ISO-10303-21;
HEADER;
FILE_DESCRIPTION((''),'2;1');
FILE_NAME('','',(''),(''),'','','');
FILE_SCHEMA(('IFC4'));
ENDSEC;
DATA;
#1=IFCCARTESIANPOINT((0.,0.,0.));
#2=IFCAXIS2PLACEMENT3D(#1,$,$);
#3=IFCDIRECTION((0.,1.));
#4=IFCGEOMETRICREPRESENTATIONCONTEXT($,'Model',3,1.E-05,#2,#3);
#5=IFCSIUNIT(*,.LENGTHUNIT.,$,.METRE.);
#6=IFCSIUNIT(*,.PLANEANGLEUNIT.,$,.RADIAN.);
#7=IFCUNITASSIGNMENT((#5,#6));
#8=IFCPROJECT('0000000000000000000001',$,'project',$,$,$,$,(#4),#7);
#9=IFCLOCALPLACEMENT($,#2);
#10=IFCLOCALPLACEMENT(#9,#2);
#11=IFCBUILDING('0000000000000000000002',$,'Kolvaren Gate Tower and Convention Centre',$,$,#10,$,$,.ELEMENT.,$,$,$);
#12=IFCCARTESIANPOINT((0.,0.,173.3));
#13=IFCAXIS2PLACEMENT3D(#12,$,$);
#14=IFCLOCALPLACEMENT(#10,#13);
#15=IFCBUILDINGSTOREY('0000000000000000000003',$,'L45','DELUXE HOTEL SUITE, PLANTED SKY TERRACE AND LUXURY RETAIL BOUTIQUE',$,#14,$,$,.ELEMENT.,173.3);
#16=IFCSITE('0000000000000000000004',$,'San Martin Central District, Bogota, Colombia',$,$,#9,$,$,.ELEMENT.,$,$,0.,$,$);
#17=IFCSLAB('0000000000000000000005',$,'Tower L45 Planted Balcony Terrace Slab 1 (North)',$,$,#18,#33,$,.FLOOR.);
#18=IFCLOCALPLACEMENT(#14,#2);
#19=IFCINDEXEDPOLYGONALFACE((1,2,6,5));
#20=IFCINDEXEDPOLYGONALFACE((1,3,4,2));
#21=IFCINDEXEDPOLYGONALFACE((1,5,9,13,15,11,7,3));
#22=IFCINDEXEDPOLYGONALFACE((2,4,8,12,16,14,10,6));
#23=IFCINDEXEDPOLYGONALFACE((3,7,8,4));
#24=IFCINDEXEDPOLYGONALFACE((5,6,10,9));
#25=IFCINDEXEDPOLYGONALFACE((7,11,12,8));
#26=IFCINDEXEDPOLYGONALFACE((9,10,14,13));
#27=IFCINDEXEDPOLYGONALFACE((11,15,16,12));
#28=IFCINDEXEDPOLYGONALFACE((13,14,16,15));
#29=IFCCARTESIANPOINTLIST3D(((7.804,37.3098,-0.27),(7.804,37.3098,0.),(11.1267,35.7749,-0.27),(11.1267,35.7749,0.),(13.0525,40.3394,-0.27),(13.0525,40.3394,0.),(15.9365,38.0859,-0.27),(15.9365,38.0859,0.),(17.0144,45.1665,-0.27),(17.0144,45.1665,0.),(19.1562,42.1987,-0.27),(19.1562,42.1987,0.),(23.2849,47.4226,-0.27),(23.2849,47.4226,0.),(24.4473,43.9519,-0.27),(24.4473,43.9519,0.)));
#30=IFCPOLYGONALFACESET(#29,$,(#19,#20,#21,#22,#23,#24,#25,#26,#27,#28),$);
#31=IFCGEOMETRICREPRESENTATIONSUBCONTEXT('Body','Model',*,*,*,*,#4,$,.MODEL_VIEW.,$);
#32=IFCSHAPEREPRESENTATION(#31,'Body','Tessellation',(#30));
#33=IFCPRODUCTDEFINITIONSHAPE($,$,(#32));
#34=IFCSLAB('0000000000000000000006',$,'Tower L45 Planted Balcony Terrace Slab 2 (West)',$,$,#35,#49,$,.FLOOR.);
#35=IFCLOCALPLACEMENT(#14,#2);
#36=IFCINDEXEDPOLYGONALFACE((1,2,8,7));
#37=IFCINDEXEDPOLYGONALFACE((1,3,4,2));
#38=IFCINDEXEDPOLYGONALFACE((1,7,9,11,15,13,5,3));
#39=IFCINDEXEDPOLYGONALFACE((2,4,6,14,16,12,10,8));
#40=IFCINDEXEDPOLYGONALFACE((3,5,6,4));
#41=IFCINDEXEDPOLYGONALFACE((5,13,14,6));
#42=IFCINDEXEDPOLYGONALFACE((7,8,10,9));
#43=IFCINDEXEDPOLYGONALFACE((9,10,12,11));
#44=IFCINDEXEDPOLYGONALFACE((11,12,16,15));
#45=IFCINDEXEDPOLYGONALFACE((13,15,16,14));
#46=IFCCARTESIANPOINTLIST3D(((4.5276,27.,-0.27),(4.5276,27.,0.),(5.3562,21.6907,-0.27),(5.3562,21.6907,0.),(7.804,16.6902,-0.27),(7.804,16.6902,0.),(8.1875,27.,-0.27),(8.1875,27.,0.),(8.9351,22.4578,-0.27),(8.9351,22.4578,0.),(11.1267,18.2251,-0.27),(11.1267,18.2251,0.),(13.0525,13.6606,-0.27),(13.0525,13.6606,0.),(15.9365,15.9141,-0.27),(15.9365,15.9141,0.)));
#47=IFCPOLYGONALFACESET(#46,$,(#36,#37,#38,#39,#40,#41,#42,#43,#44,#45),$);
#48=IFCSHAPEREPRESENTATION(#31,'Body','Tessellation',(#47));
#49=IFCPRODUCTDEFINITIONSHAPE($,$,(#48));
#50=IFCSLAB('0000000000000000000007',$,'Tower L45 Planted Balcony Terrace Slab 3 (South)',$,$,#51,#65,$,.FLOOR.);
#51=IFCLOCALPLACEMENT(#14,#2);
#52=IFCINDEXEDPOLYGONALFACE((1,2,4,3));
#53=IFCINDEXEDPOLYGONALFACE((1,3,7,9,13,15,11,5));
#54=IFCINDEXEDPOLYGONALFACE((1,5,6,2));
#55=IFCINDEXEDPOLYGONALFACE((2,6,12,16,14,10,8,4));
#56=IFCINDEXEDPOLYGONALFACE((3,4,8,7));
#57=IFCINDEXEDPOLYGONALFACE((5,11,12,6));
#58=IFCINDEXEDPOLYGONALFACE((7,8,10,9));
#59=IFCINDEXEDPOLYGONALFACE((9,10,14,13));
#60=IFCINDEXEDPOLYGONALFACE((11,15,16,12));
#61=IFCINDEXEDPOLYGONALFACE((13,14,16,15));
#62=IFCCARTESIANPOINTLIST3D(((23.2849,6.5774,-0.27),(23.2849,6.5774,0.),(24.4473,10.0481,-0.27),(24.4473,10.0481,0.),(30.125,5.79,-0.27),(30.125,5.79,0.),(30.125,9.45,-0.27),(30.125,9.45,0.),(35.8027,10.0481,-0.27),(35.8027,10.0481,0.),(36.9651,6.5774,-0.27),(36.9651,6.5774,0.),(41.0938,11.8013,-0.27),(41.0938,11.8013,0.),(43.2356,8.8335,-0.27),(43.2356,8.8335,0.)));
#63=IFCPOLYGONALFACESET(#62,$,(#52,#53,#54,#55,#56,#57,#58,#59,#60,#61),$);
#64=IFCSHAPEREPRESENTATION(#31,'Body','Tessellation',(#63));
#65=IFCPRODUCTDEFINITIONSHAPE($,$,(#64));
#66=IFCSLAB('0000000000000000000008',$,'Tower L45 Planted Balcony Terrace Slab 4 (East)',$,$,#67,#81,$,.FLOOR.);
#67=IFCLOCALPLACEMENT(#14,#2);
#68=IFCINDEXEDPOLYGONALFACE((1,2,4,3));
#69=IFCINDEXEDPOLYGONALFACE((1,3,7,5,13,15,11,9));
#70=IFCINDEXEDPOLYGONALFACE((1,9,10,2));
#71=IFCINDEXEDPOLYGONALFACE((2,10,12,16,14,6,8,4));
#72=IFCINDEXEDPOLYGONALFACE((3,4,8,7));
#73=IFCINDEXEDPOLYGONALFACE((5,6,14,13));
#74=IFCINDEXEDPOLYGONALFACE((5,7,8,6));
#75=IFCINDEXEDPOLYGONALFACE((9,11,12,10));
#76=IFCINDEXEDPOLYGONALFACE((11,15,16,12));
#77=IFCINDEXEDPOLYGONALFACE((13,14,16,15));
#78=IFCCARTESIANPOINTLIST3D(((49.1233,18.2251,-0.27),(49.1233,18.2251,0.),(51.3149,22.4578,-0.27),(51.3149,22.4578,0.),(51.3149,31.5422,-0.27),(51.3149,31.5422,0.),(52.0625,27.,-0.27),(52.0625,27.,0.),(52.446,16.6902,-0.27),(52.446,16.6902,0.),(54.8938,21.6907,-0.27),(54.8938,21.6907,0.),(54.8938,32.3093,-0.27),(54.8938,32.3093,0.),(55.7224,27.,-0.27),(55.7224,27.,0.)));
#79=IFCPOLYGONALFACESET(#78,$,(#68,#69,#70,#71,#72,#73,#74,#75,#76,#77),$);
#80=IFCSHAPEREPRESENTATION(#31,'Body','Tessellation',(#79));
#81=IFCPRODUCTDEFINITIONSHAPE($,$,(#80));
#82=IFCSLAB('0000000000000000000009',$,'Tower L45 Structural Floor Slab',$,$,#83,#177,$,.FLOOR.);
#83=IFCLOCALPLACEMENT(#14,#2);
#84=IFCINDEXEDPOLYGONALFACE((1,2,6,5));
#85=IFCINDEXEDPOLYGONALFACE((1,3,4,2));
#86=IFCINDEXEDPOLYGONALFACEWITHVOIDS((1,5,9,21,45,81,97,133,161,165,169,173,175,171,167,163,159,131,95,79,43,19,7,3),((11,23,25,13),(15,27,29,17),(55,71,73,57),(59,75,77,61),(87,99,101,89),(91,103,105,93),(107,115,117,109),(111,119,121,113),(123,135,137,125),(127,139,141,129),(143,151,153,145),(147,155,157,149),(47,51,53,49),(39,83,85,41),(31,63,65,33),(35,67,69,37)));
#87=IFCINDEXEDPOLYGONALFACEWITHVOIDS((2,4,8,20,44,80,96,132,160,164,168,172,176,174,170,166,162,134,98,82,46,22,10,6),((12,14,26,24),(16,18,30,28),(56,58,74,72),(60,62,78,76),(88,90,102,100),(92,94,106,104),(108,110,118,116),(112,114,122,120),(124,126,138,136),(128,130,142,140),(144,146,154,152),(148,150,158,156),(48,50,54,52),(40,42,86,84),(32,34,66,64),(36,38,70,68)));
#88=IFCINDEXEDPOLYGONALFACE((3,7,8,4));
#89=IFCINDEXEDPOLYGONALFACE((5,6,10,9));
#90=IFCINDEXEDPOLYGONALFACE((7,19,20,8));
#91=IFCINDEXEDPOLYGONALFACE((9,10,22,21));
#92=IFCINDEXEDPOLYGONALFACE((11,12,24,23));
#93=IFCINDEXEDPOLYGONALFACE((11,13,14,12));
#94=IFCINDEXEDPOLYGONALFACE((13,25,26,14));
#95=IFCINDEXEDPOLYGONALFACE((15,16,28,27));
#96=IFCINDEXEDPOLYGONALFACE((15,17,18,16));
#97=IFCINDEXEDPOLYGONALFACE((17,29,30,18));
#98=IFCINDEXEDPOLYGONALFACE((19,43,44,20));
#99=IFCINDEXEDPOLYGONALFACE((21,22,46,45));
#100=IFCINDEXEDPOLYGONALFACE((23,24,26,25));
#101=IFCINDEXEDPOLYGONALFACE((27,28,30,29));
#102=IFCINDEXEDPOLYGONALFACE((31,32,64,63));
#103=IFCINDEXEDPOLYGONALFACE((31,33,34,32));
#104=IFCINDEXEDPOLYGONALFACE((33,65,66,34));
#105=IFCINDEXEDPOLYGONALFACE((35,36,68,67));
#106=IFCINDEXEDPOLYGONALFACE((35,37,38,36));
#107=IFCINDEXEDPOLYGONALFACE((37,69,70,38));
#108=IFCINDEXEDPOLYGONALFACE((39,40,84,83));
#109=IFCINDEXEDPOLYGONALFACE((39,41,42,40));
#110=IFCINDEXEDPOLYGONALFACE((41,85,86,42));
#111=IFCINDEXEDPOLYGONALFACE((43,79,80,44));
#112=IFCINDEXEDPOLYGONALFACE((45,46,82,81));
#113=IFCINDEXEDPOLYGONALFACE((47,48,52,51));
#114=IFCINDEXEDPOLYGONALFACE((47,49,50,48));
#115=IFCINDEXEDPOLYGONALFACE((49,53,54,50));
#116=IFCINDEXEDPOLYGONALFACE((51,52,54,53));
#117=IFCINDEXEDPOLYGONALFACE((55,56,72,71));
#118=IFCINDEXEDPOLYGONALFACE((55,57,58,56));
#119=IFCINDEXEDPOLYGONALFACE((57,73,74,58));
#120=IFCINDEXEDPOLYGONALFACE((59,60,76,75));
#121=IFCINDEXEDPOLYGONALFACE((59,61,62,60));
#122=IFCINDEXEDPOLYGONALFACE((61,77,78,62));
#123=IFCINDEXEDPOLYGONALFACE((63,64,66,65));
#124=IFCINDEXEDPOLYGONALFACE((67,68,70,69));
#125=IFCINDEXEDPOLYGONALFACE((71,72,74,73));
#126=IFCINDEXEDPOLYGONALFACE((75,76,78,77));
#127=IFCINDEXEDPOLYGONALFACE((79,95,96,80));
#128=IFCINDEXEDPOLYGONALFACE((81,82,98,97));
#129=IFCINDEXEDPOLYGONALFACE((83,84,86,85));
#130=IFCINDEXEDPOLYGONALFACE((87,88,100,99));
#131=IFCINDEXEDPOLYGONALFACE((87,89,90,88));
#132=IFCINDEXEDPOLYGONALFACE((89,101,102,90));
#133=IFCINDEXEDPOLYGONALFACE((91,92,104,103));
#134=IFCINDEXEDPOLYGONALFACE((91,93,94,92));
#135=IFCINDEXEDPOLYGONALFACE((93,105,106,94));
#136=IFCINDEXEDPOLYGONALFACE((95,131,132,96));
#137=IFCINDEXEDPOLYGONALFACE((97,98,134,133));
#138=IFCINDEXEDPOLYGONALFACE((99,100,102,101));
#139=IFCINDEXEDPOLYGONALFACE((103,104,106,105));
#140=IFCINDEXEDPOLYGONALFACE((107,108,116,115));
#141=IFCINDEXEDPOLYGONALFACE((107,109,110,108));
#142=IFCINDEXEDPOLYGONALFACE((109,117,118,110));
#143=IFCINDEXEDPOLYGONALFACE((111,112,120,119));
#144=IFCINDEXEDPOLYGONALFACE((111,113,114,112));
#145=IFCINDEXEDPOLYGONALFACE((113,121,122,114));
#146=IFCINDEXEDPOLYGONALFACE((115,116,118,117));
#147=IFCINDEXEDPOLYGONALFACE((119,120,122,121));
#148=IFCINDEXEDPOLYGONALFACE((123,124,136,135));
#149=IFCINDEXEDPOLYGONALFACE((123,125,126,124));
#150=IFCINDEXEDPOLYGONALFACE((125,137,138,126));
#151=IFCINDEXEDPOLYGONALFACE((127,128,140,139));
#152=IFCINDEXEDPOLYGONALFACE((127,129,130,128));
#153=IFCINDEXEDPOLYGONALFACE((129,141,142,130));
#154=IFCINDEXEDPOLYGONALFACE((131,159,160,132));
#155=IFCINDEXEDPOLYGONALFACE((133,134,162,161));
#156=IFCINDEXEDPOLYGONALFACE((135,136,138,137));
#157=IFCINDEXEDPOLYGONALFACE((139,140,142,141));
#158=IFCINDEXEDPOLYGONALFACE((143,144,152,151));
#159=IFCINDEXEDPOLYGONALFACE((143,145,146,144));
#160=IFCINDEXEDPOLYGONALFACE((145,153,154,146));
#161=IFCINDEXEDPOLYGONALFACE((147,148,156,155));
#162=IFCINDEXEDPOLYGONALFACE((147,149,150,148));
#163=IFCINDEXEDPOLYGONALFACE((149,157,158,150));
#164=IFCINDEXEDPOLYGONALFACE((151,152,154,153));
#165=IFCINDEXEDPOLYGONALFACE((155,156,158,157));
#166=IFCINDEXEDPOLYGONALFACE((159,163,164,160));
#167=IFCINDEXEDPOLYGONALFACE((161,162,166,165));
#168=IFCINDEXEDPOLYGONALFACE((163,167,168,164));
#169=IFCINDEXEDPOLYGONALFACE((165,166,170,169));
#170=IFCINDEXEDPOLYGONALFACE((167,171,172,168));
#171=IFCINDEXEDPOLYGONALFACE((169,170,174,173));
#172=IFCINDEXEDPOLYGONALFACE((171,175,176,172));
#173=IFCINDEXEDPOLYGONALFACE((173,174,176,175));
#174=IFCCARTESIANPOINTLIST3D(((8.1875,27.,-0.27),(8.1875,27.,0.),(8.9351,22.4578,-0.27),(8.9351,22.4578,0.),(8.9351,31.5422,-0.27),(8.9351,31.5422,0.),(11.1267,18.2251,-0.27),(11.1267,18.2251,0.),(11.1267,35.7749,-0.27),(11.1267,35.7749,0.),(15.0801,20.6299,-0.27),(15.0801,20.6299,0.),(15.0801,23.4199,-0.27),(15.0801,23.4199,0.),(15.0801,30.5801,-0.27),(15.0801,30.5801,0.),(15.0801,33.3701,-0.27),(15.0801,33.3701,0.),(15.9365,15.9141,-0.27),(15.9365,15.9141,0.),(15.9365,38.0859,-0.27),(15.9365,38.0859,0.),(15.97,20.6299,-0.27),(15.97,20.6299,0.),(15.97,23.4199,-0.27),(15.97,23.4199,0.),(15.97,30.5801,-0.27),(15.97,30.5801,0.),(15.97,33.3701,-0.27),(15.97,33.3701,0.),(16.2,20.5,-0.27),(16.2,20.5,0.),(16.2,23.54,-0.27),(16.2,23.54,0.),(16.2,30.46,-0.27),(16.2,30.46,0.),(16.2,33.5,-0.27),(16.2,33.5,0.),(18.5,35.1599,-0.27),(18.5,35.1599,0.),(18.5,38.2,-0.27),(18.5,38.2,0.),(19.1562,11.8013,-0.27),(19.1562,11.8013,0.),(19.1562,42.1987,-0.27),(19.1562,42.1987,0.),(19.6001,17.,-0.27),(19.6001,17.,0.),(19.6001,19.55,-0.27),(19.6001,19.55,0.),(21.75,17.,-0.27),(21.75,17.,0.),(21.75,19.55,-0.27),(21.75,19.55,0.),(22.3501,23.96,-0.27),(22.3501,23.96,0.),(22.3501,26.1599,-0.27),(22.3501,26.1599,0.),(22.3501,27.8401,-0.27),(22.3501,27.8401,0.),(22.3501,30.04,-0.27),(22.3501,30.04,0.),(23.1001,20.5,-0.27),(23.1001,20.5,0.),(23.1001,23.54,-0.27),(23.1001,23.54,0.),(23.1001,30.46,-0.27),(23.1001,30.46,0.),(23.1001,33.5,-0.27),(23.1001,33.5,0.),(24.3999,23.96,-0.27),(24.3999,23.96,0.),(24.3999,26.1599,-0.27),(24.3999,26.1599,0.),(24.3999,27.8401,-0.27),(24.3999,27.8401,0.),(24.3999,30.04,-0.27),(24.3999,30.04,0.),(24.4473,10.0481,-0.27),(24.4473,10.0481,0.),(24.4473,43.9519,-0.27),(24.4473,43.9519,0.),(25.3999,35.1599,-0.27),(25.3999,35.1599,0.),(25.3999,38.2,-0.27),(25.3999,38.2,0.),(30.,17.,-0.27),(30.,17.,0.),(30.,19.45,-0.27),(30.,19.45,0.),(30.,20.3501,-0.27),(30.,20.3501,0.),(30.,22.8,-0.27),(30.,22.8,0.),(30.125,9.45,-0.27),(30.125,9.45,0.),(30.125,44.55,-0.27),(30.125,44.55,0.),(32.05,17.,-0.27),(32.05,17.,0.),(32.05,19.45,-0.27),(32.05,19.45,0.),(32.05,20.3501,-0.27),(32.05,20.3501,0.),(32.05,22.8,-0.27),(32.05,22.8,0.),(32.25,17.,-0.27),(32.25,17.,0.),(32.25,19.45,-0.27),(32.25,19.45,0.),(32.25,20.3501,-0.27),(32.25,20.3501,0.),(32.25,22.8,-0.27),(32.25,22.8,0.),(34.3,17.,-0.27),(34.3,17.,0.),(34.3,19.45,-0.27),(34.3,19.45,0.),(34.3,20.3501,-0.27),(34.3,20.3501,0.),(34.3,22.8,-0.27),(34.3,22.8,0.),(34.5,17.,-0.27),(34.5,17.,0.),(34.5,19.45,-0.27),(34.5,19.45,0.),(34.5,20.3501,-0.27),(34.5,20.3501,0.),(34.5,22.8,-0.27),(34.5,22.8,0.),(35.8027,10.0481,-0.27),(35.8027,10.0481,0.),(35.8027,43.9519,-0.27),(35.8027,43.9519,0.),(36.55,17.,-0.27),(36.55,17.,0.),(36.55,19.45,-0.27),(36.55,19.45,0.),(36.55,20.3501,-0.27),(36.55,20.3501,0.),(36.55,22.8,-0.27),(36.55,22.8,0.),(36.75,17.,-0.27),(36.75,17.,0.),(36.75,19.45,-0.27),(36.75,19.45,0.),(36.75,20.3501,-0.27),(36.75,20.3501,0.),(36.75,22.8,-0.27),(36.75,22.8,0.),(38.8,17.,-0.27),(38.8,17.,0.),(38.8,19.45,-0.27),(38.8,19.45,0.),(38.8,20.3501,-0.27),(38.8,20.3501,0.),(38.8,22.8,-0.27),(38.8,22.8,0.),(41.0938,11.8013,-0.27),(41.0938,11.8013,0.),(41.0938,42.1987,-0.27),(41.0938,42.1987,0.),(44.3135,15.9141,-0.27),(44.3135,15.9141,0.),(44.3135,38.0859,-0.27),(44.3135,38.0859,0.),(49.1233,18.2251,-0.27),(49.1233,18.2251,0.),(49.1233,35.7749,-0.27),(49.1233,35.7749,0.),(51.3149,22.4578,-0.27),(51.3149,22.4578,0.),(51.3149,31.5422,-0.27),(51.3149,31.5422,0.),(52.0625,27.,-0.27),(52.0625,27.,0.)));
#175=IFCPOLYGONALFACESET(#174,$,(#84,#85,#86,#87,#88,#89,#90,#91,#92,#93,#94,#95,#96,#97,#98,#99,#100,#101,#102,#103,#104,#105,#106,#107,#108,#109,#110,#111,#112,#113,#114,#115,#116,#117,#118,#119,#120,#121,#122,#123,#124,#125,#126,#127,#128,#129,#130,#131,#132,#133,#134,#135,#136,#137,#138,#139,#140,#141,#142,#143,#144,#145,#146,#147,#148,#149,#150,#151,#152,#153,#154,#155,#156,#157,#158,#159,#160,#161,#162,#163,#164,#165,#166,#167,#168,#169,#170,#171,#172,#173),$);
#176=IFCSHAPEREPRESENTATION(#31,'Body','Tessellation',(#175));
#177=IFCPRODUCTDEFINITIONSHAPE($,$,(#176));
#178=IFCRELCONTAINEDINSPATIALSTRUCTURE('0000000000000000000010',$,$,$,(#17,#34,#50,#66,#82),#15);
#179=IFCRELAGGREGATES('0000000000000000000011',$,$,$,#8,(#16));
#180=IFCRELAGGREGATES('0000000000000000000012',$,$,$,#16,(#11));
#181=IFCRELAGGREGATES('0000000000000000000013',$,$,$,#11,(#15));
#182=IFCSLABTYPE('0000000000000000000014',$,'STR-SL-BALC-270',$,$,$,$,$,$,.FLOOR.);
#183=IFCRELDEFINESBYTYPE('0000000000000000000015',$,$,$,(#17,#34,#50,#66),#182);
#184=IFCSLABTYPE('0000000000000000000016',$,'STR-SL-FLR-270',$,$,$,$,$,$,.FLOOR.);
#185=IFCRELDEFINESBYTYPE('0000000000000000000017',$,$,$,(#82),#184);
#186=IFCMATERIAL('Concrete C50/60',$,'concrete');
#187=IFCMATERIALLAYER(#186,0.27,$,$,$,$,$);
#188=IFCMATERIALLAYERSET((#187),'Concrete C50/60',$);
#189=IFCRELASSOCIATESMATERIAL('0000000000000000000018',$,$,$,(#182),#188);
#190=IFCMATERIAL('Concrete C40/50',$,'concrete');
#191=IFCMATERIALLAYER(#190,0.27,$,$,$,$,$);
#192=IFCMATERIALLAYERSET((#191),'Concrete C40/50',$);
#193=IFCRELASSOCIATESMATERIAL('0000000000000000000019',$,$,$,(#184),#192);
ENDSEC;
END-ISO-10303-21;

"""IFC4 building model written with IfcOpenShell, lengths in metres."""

from ifc_helpers import new_model, si_unit, direction, frame, origin, place, context, subcontext, project, spatial, polyline, outline, extrude, material, layer, layer_set, type_object, element, save


model = new_model("IFC4")

# Units and contexts
model_context = context("Model", 3, precision=1e-05, world=origin(), true_north=direction((0.0, 1.0)))
body_context = subcontext(model_context, "Body", "Model", "MODEL_VIEW")
ifc_project = project(units=[si_unit("LENGTHUNIT", "METRE"), si_unit("PLANEANGLEUNIT", "RADIAN")], contexts=[model_context])

# Site, building, storey
site_placement = place(None, origin())
site = spatial("IfcSite", under=ifc_project, at=site_placement, Name="San Martin Central District, Bogota, Colombia", CompositionType="ELEMENT", RefElevation=0.0)
building_placement = place(site_placement, origin())
building = spatial("IfcBuilding", under=site, at=building_placement, Name="Kolvaren Gate Tower and Convention Centre", CompositionType="ELEMENT")
storey_placement = place(building_placement, frame((0.0, 0.0, 173.3)))
storey = spatial("IfcBuildingStorey", under=building, at=storey_placement, Name="L45", Description="DELUXE HOTEL SUITE, PLANTED SKY TERRACE AND LUXURY RETAIL BOUTIQUE", CompositionType="ELEMENT", Elevation=173.3)

# Slabs
ifc_material_1 = material(Name="Concrete C50/60", Category="concrete")
ifc_layer_1 = layer(ifc_material_1, 0.27)
ifc_layer_set_1 = layer_set([ifc_layer_1], Name="Concrete C50/60")
slab_type_1 = type_object("IfcSlabType", Name="STR-SL-BALC-270", PredefinedType="FLOOR", material=ifc_layer_set_1)
slab_1_placement = place(storey_placement, frame((0.0, 0.0, -0.27)))
element("IfcSlab", 1, at=slab_1_placement, inside=storey, type_object=slab_type_1, Name="Tower L45 Planted Balcony Terrace Slab 1 (North)", PredefinedType="FLOOR", context=body_context, shape_type="SweptSolid", body=[
    extrude(outline(polyline([(24.4473, 43.9519), (19.1562, 42.1987), (15.9365, 38.0859), (11.1267, 35.7749), (7.804, 37.3098), (13.0525, 40.3394), (17.0144, 45.1665), (23.2849, 47.4226), (24.4473, 43.9519)])), origin(), (0.0, 0.0, 1.0), 0.27),
])
slab_2_placement = place(storey_placement, frame((0.0, 0.0, -0.27)))
element("IfcSlab", 2, at=slab_2_placement, inside=storey, type_object=slab_type_1, Name="Tower L45 Planted Balcony Terrace Slab 2 (West)", PredefinedType="FLOOR", context=body_context, shape_type="SweptSolid", body=[
    extrude(outline(polyline([(8.1875, 27.0), (8.9351, 22.4578), (11.1267, 18.2251), (15.9365, 15.9141), (13.0525, 13.6606), (7.804, 16.6902), (5.3562, 21.6907), (4.5276, 27.0), (8.1875, 27.0)])), origin(), (0.0, 0.0, 1.0), 0.27),
])
slab_3_placement = place(storey_placement, frame((0.0, 0.0, -0.27)))
element("IfcSlab", 3, at=slab_3_placement, inside=storey, type_object=slab_type_1, Name="Tower L45 Planted Balcony Terrace Slab 3 (South)", PredefinedType="FLOOR", context=body_context, shape_type="SweptSolid", body=[
    extrude(outline(polyline([(24.4473, 10.0481), (30.125, 9.45), (35.8027, 10.0481), (41.0938, 11.8013), (43.2356, 8.8335), (36.9651, 6.5774), (30.125, 5.79), (23.2849, 6.5774), (24.4473, 10.0481)])), origin(), (0.0, 0.0, 1.0), 0.27),
])
slab_4_placement = place(storey_placement, frame((0.0, 0.0, -0.27)))
element("IfcSlab", 4, at=slab_4_placement, inside=storey, type_object=slab_type_1, Name="Tower L45 Planted Balcony Terrace Slab 4 (East)", PredefinedType="FLOOR", context=body_context, shape_type="SweptSolid", body=[
    extrude(outline(polyline([(49.1233, 18.2251), (51.3149, 22.4578), (52.0625, 27.0), (51.3149, 31.5422), (54.8938, 32.3093), (55.7224, 27.0), (54.8938, 21.6907), (52.446, 16.6902), (49.1233, 18.2251)])), origin(), (0.0, 0.0, 1.0), 0.27),
])
ifc_material_2 = material(Name="Concrete C40/50", Category="concrete")
ifc_layer_2 = layer(ifc_material_2, 0.27)
ifc_layer_set_2 = layer_set([ifc_layer_2], Name="Concrete C40/50")
slab_type_2 = type_object("IfcSlabType", Name="STR-SL-FLR-270", PredefinedType="FLOOR", material=ifc_layer_set_2)
slab_5_placement = place(storey_placement, frame((0.0, 0.0, -0.27)))
element("IfcSlab", 5, at=slab_5_placement, inside=storey, type_object=slab_type_2, Name="Tower L45 Structural Floor Slab", PredefinedType="FLOOR", context=body_context, shape_type="SweptSolid", body=[
    extrude(outline(polyline([(52.0625, 27.0), (51.3149, 31.5422), (49.1233, 35.7749), (44.3135, 38.0859), (41.0938, 42.1987), (35.8027, 43.9519), (30.125, 44.55), (24.4473, 43.9519), (19.1562, 42.1987), (15.9365, 38.0859), (11.1267, 35.7749), (8.9351, 31.5422), (8.1875, 27.0), (8.9351, 22.4578), (11.1267, 18.2251), (15.9365, 15.9141), (19.1562, 11.8013), (24.4473, 10.0481), (30.125, 9.45), (35.8027, 10.0481), (41.0938, 11.8013), (44.3135, 15.9141), (49.1233, 18.2251), (51.3149, 22.4578), (52.0625, 27.0)]), holes=[polyline([(36.75, 17.0), (36.75, 19.45), (38.8, 19.45), (38.8, 17.0), (36.75, 17.0)]), polyline([(36.75, 20.3501), (36.75, 22.8), (38.8, 22.8), (38.8, 20.3501), (36.75, 20.3501)]), polyline([(34.5, 17.0), (34.5, 19.45), (36.55, 19.45), (36.55, 17.0), (34.5, 17.0)]), polyline([(34.5, 20.3501), (34.5, 22.8), (36.55, 22.8), (36.55, 20.3501), (34.5, 20.3501)]), polyline([(32.25, 17.0), (32.25, 19.45), (34.3, 19.45), (34.3, 17.0), (32.25, 17.0)]), polyline([(32.25, 20.3501), (32.25, 22.8), (34.3, 22.8), (34.3, 20.3501), (32.25, 20.3501)]), polyline([(30.0, 17.0), (30.0, 19.45), (32.05, 19.45), (32.05, 17.0), (30.0, 17.0)]), polyline([(30.0, 20.3501), (30.0, 22.8), (32.05, 22.8), (32.05, 20.3501), (30.0, 20.3501)]), polyline([(25.3999, 38.2), (25.3999, 35.1599), (18.5, 35.1599), (18.5, 38.2), (25.3999, 38.2)]), polyline([(22.3501, 23.96), (22.3501, 26.1599), (24.3999, 26.1599), (24.3999, 23.96), (22.3501, 23.96)]), polyline([(22.3501, 27.8401), (22.3501, 30.04), (24.3999, 30.04), (24.3999, 27.8401), (22.3501, 27.8401)]), polyline([(23.1001, 23.54), (23.1001, 20.5), (16.2, 20.5), (16.2, 23.54), (23.1001, 23.54)]), polyline([(23.1001, 33.5), (23.1001, 30.46), (16.2, 30.46), (16.2, 33.5), (23.1001, 33.5)]), polyline([(19.6001, 17.0), (19.6001, 19.55), (21.75, 19.55), (21.75, 17.0), (19.6001, 17.0)]), polyline([(15.0801, 20.6299), (15.0801, 23.4199), (15.97, 23.4199), (15.97, 20.6299), (15.0801, 20.6299)]), polyline([(15.0801, 30.5801), (15.0801, 33.3701), (15.97, 33.3701), (15.97, 30.5801), (15.0801, 30.5801)])]), origin(), (0.0, 0.0, 1.0), 0.27),
])

save(model, "model.ifc")
